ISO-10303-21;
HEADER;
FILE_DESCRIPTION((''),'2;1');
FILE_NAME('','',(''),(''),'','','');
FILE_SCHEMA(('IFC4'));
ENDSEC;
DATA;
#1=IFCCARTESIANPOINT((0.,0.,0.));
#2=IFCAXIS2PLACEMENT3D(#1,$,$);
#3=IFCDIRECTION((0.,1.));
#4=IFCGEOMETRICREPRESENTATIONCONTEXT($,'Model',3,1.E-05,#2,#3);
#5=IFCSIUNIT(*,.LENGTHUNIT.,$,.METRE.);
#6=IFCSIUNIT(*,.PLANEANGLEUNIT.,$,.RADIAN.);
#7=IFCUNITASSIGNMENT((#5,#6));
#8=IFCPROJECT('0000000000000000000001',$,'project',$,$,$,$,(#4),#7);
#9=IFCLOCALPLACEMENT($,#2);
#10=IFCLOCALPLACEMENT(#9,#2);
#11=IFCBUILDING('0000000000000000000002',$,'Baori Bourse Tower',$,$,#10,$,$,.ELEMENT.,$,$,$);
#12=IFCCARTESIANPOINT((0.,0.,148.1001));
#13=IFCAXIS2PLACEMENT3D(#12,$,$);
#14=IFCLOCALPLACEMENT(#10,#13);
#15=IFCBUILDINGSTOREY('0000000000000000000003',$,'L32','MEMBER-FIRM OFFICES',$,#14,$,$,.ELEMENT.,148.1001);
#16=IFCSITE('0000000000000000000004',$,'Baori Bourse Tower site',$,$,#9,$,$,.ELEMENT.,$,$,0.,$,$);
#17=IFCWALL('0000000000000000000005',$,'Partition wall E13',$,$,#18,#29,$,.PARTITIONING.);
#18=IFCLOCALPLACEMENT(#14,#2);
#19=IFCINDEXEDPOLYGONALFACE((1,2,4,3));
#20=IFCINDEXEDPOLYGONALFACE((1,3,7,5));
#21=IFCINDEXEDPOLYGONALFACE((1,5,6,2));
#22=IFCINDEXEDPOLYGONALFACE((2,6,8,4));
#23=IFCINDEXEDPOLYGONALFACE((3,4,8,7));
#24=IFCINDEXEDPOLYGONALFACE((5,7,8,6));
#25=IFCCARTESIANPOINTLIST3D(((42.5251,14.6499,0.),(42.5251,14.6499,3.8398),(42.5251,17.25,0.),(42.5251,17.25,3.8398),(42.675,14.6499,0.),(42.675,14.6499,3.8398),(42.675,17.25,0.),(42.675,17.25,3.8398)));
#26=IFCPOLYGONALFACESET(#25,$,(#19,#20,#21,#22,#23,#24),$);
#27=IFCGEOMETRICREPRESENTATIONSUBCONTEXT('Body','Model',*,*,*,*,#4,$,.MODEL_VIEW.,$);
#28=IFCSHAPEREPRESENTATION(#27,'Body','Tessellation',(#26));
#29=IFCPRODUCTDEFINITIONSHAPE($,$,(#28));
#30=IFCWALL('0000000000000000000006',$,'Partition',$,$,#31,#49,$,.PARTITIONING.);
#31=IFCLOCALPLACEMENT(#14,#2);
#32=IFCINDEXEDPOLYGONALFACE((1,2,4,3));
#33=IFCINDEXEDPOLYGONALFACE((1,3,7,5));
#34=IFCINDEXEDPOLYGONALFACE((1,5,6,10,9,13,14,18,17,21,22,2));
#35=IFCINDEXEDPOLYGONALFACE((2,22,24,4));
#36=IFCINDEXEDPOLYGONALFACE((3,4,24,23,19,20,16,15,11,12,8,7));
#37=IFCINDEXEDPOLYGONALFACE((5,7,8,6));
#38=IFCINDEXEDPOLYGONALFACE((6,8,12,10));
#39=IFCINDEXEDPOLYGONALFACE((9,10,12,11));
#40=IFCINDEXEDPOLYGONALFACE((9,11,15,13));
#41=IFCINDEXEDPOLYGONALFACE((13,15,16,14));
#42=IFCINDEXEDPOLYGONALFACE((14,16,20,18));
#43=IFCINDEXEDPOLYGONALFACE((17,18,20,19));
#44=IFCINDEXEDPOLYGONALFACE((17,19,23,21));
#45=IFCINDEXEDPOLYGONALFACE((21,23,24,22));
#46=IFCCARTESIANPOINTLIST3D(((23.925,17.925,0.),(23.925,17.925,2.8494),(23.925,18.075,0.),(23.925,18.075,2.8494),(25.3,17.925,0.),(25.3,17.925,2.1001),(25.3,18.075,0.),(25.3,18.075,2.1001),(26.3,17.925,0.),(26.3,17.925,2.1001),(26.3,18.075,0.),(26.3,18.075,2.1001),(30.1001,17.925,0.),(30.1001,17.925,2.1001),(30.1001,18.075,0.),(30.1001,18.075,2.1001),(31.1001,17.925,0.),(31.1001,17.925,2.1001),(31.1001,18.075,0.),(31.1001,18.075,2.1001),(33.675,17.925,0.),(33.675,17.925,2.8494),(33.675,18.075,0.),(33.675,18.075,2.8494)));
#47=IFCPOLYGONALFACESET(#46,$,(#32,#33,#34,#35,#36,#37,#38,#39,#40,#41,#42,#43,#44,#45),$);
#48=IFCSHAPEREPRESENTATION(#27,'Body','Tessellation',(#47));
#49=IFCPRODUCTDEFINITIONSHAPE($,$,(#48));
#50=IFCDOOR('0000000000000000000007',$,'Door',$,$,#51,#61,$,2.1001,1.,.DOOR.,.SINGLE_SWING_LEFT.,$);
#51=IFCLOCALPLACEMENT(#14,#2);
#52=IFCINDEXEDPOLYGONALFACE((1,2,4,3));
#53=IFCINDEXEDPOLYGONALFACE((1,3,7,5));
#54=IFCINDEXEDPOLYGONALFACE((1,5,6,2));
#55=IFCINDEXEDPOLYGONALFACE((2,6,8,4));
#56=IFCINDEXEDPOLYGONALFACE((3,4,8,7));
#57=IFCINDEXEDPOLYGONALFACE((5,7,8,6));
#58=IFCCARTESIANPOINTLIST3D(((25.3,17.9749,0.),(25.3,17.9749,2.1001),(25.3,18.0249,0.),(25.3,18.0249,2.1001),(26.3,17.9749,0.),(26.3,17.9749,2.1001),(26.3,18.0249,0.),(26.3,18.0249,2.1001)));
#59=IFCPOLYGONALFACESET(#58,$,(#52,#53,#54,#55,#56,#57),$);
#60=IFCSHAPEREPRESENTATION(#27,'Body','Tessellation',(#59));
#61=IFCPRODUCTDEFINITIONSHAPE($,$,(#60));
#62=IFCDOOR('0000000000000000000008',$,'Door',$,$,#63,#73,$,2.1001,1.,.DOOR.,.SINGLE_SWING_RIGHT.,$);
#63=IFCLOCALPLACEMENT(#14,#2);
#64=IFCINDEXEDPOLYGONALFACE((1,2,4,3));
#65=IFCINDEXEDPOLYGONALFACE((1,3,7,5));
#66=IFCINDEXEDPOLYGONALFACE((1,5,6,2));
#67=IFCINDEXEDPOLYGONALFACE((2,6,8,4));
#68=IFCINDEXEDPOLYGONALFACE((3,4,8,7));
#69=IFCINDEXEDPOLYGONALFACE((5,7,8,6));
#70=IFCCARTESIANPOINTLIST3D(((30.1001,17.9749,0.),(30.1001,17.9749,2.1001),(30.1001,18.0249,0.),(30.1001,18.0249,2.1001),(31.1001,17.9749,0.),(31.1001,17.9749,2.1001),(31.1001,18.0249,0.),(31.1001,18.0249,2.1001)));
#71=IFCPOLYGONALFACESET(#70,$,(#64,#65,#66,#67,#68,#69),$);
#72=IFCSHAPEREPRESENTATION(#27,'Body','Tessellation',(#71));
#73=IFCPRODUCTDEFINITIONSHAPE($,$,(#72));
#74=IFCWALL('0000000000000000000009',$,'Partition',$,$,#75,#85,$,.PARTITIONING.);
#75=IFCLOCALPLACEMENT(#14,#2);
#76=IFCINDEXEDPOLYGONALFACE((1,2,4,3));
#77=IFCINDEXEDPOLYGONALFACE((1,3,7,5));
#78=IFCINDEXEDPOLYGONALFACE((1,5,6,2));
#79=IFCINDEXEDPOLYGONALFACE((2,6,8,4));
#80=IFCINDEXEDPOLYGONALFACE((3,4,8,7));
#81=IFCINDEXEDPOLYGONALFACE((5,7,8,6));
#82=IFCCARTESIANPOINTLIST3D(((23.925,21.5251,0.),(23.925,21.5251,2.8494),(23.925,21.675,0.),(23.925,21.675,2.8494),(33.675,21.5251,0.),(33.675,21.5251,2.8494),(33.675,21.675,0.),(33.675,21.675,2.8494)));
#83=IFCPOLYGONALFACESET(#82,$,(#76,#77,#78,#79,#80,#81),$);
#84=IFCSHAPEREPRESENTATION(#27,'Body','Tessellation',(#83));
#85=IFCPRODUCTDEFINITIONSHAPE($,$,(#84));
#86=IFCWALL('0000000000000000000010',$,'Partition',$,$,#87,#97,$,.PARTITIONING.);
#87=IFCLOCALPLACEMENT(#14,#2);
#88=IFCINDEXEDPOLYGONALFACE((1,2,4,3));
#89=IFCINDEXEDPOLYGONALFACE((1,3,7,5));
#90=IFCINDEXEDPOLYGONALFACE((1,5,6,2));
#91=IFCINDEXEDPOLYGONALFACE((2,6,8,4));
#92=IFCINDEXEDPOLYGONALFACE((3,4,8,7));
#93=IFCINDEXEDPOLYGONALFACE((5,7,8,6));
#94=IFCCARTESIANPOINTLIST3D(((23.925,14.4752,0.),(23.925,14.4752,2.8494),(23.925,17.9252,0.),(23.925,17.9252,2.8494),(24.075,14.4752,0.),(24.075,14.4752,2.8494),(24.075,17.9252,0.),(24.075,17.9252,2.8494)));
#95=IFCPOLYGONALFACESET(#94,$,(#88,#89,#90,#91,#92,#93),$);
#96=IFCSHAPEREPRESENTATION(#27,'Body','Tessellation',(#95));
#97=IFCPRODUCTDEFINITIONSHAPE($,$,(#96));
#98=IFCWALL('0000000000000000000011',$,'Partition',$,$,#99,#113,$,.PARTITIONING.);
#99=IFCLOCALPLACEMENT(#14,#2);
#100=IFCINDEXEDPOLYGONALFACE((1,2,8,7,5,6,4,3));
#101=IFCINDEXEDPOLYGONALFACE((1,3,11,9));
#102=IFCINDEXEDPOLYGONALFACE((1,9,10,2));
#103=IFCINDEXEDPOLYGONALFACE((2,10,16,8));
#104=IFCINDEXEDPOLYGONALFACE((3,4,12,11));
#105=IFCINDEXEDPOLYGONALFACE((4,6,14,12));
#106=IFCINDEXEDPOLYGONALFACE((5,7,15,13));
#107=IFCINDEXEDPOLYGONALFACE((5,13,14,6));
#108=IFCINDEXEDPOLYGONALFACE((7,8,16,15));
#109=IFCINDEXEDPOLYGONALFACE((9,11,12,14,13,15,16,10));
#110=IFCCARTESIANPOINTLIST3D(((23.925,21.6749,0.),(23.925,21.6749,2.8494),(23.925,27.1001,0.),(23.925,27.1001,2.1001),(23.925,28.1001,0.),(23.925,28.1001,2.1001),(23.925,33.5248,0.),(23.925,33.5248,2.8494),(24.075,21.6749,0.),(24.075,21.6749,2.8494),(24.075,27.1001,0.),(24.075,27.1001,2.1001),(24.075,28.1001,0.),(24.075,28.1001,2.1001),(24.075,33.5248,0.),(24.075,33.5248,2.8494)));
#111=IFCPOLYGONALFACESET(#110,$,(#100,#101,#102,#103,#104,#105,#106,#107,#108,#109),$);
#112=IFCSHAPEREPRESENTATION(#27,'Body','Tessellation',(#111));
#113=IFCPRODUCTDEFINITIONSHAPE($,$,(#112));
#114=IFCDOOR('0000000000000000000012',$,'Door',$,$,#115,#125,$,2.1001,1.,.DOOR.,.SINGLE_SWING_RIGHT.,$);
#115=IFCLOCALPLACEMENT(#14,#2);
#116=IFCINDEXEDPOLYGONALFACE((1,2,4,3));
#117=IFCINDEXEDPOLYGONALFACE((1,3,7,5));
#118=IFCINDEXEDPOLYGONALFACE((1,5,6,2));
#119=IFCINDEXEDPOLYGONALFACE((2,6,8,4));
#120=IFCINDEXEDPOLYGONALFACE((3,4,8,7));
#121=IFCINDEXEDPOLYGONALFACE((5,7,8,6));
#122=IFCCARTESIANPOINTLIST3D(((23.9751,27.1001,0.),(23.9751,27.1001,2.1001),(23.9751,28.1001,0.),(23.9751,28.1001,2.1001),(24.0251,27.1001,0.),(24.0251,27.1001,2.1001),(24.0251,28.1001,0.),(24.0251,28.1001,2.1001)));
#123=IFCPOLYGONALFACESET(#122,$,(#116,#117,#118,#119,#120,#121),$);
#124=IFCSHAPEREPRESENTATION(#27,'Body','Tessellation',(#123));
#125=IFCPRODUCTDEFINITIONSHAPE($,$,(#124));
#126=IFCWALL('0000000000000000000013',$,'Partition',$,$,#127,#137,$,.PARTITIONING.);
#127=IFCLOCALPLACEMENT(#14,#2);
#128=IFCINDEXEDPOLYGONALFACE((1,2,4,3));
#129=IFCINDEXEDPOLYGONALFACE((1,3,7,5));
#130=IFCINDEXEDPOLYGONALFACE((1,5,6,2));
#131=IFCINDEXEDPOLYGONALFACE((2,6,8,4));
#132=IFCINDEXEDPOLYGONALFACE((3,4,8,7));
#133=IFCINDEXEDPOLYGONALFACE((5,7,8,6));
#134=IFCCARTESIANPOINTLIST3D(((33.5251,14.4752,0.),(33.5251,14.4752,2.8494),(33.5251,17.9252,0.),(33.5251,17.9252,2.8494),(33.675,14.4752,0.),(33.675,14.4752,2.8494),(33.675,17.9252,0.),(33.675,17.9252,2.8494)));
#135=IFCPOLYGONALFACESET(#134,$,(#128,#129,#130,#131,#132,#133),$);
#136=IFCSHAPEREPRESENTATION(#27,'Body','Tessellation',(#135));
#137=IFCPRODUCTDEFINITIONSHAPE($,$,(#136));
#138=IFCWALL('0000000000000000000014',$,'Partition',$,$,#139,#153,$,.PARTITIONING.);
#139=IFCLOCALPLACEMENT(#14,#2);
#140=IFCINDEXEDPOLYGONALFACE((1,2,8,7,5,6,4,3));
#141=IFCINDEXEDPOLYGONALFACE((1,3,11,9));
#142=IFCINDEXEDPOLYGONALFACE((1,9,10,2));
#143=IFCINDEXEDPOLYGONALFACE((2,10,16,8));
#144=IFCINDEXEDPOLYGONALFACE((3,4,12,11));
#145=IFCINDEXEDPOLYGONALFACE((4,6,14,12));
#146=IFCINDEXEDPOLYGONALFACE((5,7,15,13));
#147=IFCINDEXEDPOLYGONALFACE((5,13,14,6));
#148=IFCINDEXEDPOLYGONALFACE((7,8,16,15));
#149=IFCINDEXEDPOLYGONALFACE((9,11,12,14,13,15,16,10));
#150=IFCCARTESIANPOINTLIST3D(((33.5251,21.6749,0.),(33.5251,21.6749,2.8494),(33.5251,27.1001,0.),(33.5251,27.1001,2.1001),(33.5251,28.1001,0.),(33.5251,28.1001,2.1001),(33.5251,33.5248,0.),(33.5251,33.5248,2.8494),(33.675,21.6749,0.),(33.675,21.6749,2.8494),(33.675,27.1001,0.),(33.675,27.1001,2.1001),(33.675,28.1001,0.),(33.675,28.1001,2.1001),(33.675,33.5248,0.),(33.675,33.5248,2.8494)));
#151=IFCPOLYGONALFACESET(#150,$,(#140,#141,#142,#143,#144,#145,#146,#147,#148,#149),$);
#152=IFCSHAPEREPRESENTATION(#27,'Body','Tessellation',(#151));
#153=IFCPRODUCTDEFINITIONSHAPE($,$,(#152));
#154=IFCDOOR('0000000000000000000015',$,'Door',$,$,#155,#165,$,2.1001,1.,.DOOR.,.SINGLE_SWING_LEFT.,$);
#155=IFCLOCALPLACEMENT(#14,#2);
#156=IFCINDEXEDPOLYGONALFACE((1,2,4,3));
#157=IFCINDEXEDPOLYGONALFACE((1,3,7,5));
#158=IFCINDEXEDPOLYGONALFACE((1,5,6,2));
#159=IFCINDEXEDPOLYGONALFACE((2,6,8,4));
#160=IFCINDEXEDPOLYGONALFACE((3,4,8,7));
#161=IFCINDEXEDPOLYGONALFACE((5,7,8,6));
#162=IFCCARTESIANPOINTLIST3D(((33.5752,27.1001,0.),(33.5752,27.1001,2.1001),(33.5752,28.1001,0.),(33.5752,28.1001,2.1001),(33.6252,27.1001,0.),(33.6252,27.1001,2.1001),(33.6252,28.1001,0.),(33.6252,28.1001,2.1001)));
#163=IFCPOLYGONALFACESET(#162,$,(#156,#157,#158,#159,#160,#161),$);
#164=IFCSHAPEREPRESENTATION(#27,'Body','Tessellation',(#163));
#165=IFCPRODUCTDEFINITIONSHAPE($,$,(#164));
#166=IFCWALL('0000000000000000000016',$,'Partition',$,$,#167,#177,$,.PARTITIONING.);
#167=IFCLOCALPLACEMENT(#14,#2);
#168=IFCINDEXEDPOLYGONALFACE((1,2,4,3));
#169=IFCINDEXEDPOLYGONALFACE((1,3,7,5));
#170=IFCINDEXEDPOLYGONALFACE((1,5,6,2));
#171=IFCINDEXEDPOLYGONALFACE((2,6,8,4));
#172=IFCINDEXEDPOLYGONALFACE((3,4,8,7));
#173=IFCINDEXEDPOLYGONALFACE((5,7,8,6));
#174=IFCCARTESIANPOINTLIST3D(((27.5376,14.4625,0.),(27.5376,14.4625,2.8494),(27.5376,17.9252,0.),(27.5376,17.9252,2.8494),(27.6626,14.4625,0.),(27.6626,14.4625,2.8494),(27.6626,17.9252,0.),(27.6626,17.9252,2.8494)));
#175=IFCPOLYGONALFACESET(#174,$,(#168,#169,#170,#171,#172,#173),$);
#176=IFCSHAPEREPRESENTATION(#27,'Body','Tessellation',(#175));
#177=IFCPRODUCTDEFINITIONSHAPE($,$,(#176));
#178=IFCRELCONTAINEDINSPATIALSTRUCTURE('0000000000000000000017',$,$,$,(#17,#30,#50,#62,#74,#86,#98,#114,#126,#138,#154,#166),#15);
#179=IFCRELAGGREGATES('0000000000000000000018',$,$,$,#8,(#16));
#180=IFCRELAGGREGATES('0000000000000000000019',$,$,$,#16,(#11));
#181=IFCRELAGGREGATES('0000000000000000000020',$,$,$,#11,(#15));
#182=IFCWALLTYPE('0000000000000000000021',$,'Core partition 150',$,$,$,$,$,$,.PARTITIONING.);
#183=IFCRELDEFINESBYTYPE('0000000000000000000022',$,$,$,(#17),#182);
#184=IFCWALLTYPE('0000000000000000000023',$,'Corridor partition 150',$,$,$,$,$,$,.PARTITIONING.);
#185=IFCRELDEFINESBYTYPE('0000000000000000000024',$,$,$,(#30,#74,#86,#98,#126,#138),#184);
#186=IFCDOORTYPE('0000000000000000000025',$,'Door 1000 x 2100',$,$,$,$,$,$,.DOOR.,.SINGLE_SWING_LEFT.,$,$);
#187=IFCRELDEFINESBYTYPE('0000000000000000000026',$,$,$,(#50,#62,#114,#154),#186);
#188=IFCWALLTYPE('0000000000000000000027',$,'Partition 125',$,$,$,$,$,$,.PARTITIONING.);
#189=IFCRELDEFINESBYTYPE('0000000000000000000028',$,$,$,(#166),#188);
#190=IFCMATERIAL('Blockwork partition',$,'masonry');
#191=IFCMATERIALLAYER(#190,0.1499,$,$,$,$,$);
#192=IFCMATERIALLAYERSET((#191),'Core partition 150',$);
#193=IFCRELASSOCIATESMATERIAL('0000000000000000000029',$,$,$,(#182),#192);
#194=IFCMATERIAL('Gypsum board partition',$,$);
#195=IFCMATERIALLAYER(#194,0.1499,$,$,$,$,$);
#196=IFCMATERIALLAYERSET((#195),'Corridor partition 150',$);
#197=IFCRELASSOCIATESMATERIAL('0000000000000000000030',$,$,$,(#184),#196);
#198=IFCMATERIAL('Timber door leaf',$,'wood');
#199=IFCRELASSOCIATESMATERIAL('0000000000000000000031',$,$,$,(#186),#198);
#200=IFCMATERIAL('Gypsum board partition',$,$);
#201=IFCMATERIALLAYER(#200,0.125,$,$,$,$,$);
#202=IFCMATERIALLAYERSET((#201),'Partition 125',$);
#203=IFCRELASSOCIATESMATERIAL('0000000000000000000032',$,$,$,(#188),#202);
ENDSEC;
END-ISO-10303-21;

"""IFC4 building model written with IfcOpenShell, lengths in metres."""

from ifc_helpers import new_model, si_unit, direction, frame, frame_2d, origin, place, context, subcontext, project, spatial, rectangle, extrude, material, layer, layer_set, type_object, element, fill, save


model = new_model("IFC4")

# Units and contexts
model_context = context("Model", 3, precision=1e-05, world=origin(), true_north=direction((0.0, 1.0)))
body_context = subcontext(model_context, "Body", "Model", "MODEL_VIEW")
ifc_project = project(units=[si_unit("LENGTHUNIT", "METRE"), si_unit("PLANEANGLEUNIT", "RADIAN")], contexts=[model_context])

# Site, building, storey
site_placement = place(None, origin())
site = spatial("IfcSite", under=ifc_project, at=site_placement, Name="Baori Bourse Tower site", CompositionType="ELEMENT", RefElevation=0.0)
building_placement = place(site_placement, origin())
building = spatial("IfcBuilding", under=site, at=building_placement, Name="Baori Bourse Tower", CompositionType="ELEMENT")
storey_placement = place(building_placement, frame((0.0, 0.0, 148.1001)))
storey = spatial("IfcBuildingStorey", under=building, at=storey_placement, Name="L32", Description="MEMBER-FIRM OFFICES", CompositionType="ELEMENT", Elevation=148.1001)

# Wall
ifc_material_1 = material(Name="Blockwork partition", Category="masonry")
ifc_layer_1 = layer(ifc_material_1, 0.1499)
ifc_layer_set_1 = layer_set([ifc_layer_1], Name="Core partition 150")
wall_type_1 = type_object("IfcWallType", Name="Core partition 150", PredefinedType="PARTITIONING", material=ifc_layer_set_1)
wall_1_placement = place(storey_placement, frame((42.6001, 14.6499, 0.0), z_axis=(0.0, 0.0, 1.0), x_axis=(0.0, 1.0, 0.0)))
element("IfcWall", 1, at=wall_1_placement, inside=storey, type_object=wall_type_1, Name="Partition wall E13", PredefinedType="PARTITIONING", context=body_context, shape_type="SweptSolid", body=[
    extrude(rectangle(XDim=2.6001, YDim=0.1499, at=frame_2d((1.3, 0.0))), origin(), (0.0, 0.0, 1.0), 3.8398),
])

# Wall, openings, doors
ifc_material_2 = material(Name="Gypsum board partition")
ifc_layer_2 = layer(ifc_material_2, 0.1499)
ifc_layer_set_2 = layer_set([ifc_layer_2], Name="Corridor partition 150")
wall_type_2 = type_object("IfcWallType", Name="Corridor partition 150", PredefinedType="PARTITIONING", material=ifc_layer_set_2)
wall_2_placement = place(storey_placement, frame((23.925, 18.0, 0.0), z_axis=(0.0, 0.0, 1.0), x_axis=(1.0, 0.0, 0.0)))
wall_2 = element("IfcWall", 2, at=wall_2_placement, inside=storey, type_object=wall_type_2, Name="Partition", PredefinedType="PARTITIONING", context=body_context, shape_type="SweptSolid", body=[
    extrude(rectangle(XDim=9.75, YDim=0.1499, at=frame_2d((4.875, 0.0))), origin(), (0.0, 0.0, 1.0), 2.8494),
])
opening_1_placement = place(wall_2_placement, frame((1.375, 0.0, 0.0)))
opening_1 = element("IfcOpeningElement", 3, at=opening_1_placement, cuts=wall_2, PredefinedType="OPENING", context=body_context, shape_type="SweptSolid", body=[
    extrude(rectangle(XDim=1.0, YDim=2.1001, at=frame_2d((0.5, 1.05))), frame((0.0, 0.085, 0.0), z_axis=(0.0, -1.0, 0.0), x_axis=(1.0, 0.0, 0.0)), (0.0, 0.0, 1.0), 0.1699),
])
opening_2_placement = place(wall_2_placement, frame((6.175, 0.0, 0.0)))
opening_2 = element("IfcOpeningElement", 4, at=opening_2_placement, cuts=wall_2, PredefinedType="OPENING", context=body_context, shape_type="SweptSolid", body=[
    extrude(rectangle(XDim=1.0, YDim=2.1001, at=frame_2d((0.5, 1.05))), frame((0.0, 0.085, 0.0), z_axis=(0.0, -1.0, 0.0), x_axis=(1.0, 0.0, 0.0)), (0.0, 0.0, 1.0), 0.1699),
])
ifc_material_3 = material(Name="Timber door leaf", Category="wood")
door_type_1 = type_object("IfcDoorType", Name="Door 1000 x 2100", OperationType="SINGLE_SWING_LEFT", PredefinedType="DOOR", material=ifc_material_3)
door_1_placement = place(opening_1_placement, origin())
door_1 = element("IfcDoor", 5, at=door_1_placement, inside=storey, type_object=door_type_1, Name="Door", OperationType="SINGLE_SWING_LEFT", OverallHeight=2.1001, OverallWidth=1.0, PredefinedType="DOOR", context=body_context, shape_type="SweptSolid", body=[
    extrude(rectangle(XDim=1.0, YDim=2.1001, at=frame_2d((0.5, 1.05))), frame((0.0, 0.0249, 0.0), z_axis=(0.0, -1.0, 0.0), x_axis=(1.0, 0.0, 0.0)), (0.0, 0.0, 1.0), 0.05),
])
fill(opening_1, door_1)
door_2_placement = place(opening_2_placement, origin())
door_2 = element("IfcDoor", 6, at=door_2_placement, inside=storey, type_object=door_type_1, Name="Door", OperationType="SINGLE_SWING_RIGHT", OverallHeight=2.1001, OverallWidth=1.0, PredefinedType="DOOR", context=body_context, shape_type="SweptSolid", body=[
    extrude(rectangle(XDim=1.0, YDim=2.1001, at=frame_2d((0.5, 1.05))), frame((0.0, 0.0249, 0.0), z_axis=(0.0, -1.0, 0.0), x_axis=(1.0, 0.0, 0.0)), (0.0, 0.0, 1.0), 0.05),
])
fill(opening_2, door_2)

# Walls
wall_3_placement = place(storey_placement, frame((23.925, 21.6001, 0.0), z_axis=(0.0, 0.0, 1.0), x_axis=(1.0, 0.0, 0.0)))
element("IfcWall", 7, at=wall_3_placement, inside=storey, type_object=wall_type_2, Name="Partition", PredefinedType="PARTITIONING", context=body_context, shape_type="SweptSolid", body=[
    extrude(rectangle(XDim=9.75, YDim=0.1499, at=frame_2d((4.875, 0.0))), origin(), (0.0, 0.0, 1.0), 2.8494),
])
wall_4_placement = place(storey_placement, frame((24.0, 14.4751, 0.0), z_axis=(0.0, 0.0, 1.0), x_axis=(0.0, 1.0, 0.0)))
element("IfcWall", 8, at=wall_4_placement, inside=storey, type_object=wall_type_2, Name="Partition", PredefinedType="PARTITIONING", context=body_context, shape_type="SweptSolid", body=[
    extrude(rectangle(XDim=3.45, YDim=0.1499, at=frame_2d((1.7251, 0.0))), origin(), (0.0, 0.0, 1.0), 2.8494),
])

# Wall, opening, door
wall_5_placement = place(storey_placement, frame((24.0, 21.675, 0.0), z_axis=(0.0, 0.0, 1.0), x_axis=(0.0, 1.0, 0.0)))
wall_5 = element("IfcWall", 9, at=wall_5_placement, inside=storey, type_object=wall_type_2, Name="Partition", PredefinedType="PARTITIONING", context=body_context, shape_type="SweptSolid", body=[
    extrude(rectangle(XDim=11.8499, YDim=0.1499, at=frame_2d((5.9248, 0.0))), origin(), (0.0, 0.0, 1.0), 2.8494),
])
opening_3_placement = place(wall_5_placement, frame((5.425, 0.0, 0.0)))
opening_3 = element("IfcOpeningElement", 10, at=opening_3_placement, cuts=wall_5, PredefinedType="OPENING", context=body_context, shape_type="SweptSolid", body=[
    extrude(rectangle(XDim=1.0, YDim=2.1001, at=frame_2d((0.5, 1.05))), frame((0.0, 0.085, 0.0), z_axis=(0.0, -1.0, 0.0), x_axis=(1.0, 0.0, 0.0)), (0.0, 0.0, 1.0), 0.1699),
])
door_3_placement = place(opening_3_placement, origin())
door_3 = element("IfcDoor", 11, at=door_3_placement, inside=storey, type_object=door_type_1, Name="Door", OperationType="SINGLE_SWING_RIGHT", OverallHeight=2.1001, OverallWidth=1.0, PredefinedType="DOOR", context=body_context, shape_type="SweptSolid", body=[
    extrude(rectangle(XDim=1.0, YDim=2.1001, at=frame_2d((0.5, 1.05))), frame((0.0, 0.0249, 0.0), z_axis=(0.0, -1.0, 0.0), x_axis=(1.0, 0.0, 0.0)), (0.0, 0.0, 1.0), 0.05),
])
fill(opening_3, door_3)

# Wall
wall_6_placement = place(storey_placement, frame((33.6001, 14.4751, 0.0), z_axis=(0.0, 0.0, 1.0), x_axis=(0.0, 1.0, 0.0)))
element("IfcWall", 12, at=wall_6_placement, inside=storey, type_object=wall_type_2, Name="Partition", PredefinedType="PARTITIONING", context=body_context, shape_type="SweptSolid", body=[
    extrude(rectangle(XDim=3.45, YDim=0.1499, at=frame_2d((1.7251, 0.0))), origin(), (0.0, 0.0, 1.0), 2.8494),
])

# Wall, opening, door
wall_7_placement = place(storey_placement, frame((33.6001, 21.675, 0.0), z_axis=(0.0, 0.0, 1.0), x_axis=(0.0, 1.0, 0.0)))
wall_7 = element("IfcWall", 13, at=wall_7_placement, inside=storey, type_object=wall_type_2, Name="Partition", PredefinedType="PARTITIONING", context=body_context, shape_type="SweptSolid", body=[
    extrude(rectangle(XDim=11.8499, YDim=0.1499, at=frame_2d((5.9248, 0.0))), origin(), (0.0, 0.0, 1.0), 2.8494),
])
opening_4_placement = place(wall_7_placement, frame((5.425, 0.0, 0.0)))
opening_4 = element("IfcOpeningElement", 14, at=opening_4_placement, cuts=wall_7, PredefinedType="OPENING", context=body_context, shape_type="SweptSolid", body=[
    extrude(rectangle(XDim=1.0, YDim=2.1001, at=frame_2d((0.5, 1.05))), frame((0.0, 0.085, 0.0), z_axis=(0.0, -1.0, 0.0), x_axis=(1.0, 0.0, 0.0)), (0.0, 0.0, 1.0), 0.1699),
])
door_4_placement = place(opening_4_placement, origin())
door_4 = element("IfcDoor", 15, at=door_4_placement, inside=storey, type_object=door_type_1, Name="Door", OperationType="SINGLE_SWING_LEFT", OverallHeight=2.1001, OverallWidth=1.0, PredefinedType="DOOR", context=body_context, shape_type="SweptSolid", body=[
    extrude(rectangle(XDim=1.0, YDim=2.1001, at=frame_2d((0.5, 1.05))), frame((0.0, 0.0249, 0.0), z_axis=(0.0, -1.0, 0.0), x_axis=(1.0, 0.0, 0.0)), (0.0, 0.0, 1.0), 0.05),
])
fill(opening_4, door_4)

# Wall
ifc_material_4 = material(Name="Gypsum board partition")
ifc_layer_3 = layer(ifc_material_4, 0.125)
ifc_layer_set_3 = layer_set([ifc_layer_3], Name="Partition 125")
wall_type_3 = type_object("IfcWallType", Name="Partition 125", PredefinedType="PARTITIONING", material=ifc_layer_set_3)
wall_8_placement = place(storey_placement, frame((27.6001, 14.4624, 0.0), z_axis=(0.0, 0.0, 1.0), x_axis=(0.0, 1.0, 0.0)))
element("IfcWall", 16, at=wall_8_placement, inside=storey, type_object=wall_type_3, Name="Partition", PredefinedType="PARTITIONING", context=body_context, shape_type="SweptSolid", body=[
    extrude(rectangle(XDim=3.4626, YDim=0.125, at=frame_2d((1.7314, 0.0))), origin(), (0.0, 0.0, 1.0), 2.8494),
])

save(model, "model.ifc")
